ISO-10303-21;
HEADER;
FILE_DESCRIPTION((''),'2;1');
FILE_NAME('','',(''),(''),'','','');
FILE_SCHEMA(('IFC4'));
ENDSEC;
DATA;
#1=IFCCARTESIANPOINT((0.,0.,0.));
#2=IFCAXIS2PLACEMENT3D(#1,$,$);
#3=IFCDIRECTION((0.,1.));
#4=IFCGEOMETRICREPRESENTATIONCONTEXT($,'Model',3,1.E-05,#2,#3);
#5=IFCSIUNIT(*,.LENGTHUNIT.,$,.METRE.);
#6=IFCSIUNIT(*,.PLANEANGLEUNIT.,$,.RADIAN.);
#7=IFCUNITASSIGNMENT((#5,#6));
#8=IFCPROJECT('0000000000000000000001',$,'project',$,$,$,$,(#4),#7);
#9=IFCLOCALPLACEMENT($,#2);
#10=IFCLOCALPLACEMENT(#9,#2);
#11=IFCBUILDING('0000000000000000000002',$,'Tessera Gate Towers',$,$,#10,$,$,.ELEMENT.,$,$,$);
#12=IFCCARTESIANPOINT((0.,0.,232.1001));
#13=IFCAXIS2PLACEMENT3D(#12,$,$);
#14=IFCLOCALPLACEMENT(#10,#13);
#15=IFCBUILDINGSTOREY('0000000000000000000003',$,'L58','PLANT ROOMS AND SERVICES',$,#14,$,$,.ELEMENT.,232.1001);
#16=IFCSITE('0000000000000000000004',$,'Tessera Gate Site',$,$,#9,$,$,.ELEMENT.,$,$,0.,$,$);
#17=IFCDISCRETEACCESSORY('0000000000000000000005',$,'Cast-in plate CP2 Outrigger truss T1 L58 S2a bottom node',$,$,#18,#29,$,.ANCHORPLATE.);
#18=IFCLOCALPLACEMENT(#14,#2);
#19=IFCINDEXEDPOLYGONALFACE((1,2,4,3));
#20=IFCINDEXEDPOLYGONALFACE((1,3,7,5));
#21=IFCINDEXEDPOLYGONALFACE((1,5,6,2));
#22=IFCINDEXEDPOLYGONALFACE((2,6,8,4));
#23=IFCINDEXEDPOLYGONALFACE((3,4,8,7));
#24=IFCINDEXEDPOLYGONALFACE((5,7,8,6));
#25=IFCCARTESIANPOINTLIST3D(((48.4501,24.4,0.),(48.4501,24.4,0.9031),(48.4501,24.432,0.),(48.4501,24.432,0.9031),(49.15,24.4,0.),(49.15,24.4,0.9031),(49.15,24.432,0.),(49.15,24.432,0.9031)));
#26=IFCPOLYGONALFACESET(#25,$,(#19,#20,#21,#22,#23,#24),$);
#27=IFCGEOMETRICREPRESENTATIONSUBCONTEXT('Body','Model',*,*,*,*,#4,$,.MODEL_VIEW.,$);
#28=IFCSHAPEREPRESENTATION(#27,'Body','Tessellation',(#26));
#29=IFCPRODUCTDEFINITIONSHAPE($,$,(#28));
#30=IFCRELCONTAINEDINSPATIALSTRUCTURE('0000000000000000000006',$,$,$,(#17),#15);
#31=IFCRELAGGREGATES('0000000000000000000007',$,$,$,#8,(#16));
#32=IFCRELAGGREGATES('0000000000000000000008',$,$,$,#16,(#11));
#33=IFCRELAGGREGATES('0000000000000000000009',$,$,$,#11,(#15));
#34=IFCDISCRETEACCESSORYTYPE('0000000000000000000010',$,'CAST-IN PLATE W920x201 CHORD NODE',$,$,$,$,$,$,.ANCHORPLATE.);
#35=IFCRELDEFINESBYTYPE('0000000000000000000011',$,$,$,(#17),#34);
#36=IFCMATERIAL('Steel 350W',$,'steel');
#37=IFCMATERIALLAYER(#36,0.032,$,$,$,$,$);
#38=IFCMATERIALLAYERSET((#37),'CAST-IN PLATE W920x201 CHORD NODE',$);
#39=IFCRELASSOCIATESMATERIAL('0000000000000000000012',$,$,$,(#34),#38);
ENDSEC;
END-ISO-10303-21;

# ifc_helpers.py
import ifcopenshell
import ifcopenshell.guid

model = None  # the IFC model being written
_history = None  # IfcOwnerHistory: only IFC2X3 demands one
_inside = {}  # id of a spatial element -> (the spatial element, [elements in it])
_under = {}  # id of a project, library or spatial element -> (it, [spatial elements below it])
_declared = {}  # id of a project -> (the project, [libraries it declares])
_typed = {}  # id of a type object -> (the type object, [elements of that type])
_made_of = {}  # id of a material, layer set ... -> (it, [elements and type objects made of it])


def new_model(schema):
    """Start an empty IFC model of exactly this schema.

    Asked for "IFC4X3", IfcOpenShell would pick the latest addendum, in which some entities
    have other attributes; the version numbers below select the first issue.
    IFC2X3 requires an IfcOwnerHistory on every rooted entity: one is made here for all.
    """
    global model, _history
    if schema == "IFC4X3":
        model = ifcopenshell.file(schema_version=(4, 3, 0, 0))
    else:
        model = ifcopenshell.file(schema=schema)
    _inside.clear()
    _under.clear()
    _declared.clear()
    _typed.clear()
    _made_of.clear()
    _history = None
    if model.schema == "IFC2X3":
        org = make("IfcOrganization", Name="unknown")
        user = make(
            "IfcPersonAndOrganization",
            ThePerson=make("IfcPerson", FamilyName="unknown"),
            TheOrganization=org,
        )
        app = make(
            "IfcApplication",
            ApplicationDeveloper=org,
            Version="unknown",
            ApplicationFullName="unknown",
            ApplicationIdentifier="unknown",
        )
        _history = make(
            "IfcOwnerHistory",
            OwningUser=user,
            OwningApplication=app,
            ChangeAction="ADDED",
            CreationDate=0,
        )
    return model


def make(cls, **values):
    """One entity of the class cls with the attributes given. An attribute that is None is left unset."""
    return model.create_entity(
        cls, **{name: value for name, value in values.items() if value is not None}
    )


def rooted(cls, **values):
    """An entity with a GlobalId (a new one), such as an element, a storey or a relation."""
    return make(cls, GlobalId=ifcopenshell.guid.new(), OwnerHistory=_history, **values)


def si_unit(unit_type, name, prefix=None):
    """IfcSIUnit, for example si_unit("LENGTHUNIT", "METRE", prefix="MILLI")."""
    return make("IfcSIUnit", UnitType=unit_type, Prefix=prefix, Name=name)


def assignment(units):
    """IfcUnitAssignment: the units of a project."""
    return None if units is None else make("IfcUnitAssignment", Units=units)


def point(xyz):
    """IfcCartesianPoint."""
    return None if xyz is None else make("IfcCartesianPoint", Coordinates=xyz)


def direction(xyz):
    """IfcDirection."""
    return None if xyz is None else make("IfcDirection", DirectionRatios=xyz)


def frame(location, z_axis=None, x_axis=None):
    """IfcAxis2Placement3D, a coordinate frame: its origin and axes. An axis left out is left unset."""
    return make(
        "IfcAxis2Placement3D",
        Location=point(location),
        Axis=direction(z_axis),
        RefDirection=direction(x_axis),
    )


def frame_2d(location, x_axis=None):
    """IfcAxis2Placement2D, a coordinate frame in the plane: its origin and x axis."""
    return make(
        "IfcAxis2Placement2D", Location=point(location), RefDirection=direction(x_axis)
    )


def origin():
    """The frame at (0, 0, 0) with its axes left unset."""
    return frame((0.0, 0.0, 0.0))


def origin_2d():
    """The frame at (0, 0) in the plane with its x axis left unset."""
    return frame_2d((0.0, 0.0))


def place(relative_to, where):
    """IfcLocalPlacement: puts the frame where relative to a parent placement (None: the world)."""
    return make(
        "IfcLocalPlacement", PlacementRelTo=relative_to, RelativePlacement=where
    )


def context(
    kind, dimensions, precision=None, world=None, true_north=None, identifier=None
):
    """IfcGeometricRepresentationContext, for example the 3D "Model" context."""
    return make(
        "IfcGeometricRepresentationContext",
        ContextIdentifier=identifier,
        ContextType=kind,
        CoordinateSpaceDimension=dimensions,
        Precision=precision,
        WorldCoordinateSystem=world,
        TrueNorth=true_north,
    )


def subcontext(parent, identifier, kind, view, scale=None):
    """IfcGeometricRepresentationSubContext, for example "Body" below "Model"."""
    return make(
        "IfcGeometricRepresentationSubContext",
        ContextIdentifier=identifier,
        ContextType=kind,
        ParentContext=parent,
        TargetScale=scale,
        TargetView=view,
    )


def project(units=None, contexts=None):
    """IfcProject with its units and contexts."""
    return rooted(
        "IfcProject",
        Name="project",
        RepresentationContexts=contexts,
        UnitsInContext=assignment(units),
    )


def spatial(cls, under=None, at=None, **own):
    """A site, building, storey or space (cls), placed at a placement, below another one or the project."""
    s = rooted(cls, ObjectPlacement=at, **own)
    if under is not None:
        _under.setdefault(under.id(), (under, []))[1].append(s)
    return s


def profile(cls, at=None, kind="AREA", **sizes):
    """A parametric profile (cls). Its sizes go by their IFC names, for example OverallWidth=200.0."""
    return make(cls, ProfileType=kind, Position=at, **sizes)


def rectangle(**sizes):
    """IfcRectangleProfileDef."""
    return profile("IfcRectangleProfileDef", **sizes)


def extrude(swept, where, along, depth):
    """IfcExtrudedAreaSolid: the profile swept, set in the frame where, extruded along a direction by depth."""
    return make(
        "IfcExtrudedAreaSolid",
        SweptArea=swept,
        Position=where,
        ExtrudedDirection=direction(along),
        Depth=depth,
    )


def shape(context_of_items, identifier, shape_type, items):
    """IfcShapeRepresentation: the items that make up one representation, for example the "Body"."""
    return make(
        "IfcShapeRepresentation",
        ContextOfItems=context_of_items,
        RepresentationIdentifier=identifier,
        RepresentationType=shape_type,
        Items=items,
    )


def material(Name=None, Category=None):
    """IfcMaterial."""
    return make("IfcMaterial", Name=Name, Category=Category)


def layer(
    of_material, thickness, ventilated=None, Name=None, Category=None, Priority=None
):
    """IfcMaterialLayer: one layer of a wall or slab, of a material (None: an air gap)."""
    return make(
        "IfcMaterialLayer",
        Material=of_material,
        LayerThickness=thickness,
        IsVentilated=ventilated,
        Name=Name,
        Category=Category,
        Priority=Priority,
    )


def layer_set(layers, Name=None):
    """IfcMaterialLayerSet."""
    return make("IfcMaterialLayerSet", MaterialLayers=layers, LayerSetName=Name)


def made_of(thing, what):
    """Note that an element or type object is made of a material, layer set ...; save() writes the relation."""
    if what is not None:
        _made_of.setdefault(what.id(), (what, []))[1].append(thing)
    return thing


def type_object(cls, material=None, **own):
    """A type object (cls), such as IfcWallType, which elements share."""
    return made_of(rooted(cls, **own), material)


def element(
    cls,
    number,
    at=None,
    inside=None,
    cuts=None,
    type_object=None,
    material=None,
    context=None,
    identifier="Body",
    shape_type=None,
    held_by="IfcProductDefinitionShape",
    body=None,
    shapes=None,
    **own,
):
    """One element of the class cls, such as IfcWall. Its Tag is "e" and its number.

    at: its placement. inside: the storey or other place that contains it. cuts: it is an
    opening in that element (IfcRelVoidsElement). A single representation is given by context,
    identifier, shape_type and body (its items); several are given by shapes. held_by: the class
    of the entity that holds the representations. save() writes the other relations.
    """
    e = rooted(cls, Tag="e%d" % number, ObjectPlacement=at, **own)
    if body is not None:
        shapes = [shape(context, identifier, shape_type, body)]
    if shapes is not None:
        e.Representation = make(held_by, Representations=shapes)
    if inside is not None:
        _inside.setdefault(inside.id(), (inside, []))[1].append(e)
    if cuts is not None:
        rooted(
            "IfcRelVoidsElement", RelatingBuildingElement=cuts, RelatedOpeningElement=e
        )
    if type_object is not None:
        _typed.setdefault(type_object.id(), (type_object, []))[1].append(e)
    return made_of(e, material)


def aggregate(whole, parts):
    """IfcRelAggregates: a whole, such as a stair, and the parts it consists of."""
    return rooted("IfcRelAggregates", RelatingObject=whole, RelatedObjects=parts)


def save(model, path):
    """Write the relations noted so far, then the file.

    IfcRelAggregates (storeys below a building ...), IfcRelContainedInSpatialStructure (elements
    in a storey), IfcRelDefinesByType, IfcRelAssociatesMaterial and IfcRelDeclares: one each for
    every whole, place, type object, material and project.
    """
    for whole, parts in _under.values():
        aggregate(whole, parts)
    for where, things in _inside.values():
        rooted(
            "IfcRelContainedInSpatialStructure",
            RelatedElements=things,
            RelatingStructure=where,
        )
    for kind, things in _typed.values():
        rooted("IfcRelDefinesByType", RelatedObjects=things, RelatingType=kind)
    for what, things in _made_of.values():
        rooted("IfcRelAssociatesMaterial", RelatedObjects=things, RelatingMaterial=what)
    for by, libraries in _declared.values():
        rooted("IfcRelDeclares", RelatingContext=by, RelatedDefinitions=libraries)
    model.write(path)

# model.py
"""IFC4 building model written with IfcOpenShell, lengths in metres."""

from ifc_helpers import new_model, si_unit, direction, frame, origin, origin_2d, place, context, subcontext, project, spatial, rectangle, extrude, material, layer, layer_set, type_object, element, save


model = new_model("IFC4")

# Units and contexts
model_context = context("Model", 3, precision=1e-05, world=origin(), true_north=direction((0.0, 1.0)))
body_context = subcontext(model_context, "Body", "Model", "MODEL_VIEW")
ifc_project = project(units=[si_unit("LENGTHUNIT", "METRE"), si_unit("PLANEANGLEUNIT", "RADIAN")], contexts=[model_context])

# Site, building, storey
site_placement = place(None, origin())
site = spatial("IfcSite", under=ifc_project, at=site_placement, Name="Tessera Gate Site", CompositionType="ELEMENT", RefElevation=0.0)
building_placement = place(site_placement, origin())
building = spatial("IfcBuilding", under=site, at=building_placement, Name="Tessera Gate Towers", CompositionType="ELEMENT")
storey_placement = place(building_placement, frame((0.0, 0.0, 232.1001)))
storey = spatial("IfcBuildingStorey", under=building, at=storey_placement, Name="L58", Description="PLANT ROOMS AND SERVICES", CompositionType="ELEMENT", Elevation=232.1001)

# Discrete accessory
ifc_material_1 = material(Name="Steel 350W", Category="steel")
ifc_layer_1 = layer(ifc_material_1, 0.032)
ifc_layer_set_1 = layer_set([ifc_layer_1], Name="CAST-IN PLATE W920x201 CHORD NODE")
discrete_accessory_type = type_object("IfcDiscreteAccessoryType", Name="CAST-IN PLATE W920x201 CHORD NODE", PredefinedType="ANCHORPLATE", material=ifc_layer_set_1)
for number, where, z_axis, x_axis, name in (
    (1, (48.8, 24.416, 0.0), (0.0, 0.0, 1.0), (1.0, 0.0, 0.0), "Cast-in plate CP2 Outrigger truss T1 L58 S2a bottom node"),
):
    element("IfcDiscreteAccessory", number, at=place(storey_placement, frame(where, z_axis=z_axis, x_axis=x_axis)), inside=storey, type_object=discrete_accessory_type, Name=name, PredefinedType="ANCHORPLATE", context=body_context, shape_type="SweptSolid", body=[
        extrude(rectangle(XDim=0.7, YDim=0.032, at=origin_2d()), origin(), (0.0, 0.0, 1.0), 0.9031),
    ])

save(model, "model.ifc")
